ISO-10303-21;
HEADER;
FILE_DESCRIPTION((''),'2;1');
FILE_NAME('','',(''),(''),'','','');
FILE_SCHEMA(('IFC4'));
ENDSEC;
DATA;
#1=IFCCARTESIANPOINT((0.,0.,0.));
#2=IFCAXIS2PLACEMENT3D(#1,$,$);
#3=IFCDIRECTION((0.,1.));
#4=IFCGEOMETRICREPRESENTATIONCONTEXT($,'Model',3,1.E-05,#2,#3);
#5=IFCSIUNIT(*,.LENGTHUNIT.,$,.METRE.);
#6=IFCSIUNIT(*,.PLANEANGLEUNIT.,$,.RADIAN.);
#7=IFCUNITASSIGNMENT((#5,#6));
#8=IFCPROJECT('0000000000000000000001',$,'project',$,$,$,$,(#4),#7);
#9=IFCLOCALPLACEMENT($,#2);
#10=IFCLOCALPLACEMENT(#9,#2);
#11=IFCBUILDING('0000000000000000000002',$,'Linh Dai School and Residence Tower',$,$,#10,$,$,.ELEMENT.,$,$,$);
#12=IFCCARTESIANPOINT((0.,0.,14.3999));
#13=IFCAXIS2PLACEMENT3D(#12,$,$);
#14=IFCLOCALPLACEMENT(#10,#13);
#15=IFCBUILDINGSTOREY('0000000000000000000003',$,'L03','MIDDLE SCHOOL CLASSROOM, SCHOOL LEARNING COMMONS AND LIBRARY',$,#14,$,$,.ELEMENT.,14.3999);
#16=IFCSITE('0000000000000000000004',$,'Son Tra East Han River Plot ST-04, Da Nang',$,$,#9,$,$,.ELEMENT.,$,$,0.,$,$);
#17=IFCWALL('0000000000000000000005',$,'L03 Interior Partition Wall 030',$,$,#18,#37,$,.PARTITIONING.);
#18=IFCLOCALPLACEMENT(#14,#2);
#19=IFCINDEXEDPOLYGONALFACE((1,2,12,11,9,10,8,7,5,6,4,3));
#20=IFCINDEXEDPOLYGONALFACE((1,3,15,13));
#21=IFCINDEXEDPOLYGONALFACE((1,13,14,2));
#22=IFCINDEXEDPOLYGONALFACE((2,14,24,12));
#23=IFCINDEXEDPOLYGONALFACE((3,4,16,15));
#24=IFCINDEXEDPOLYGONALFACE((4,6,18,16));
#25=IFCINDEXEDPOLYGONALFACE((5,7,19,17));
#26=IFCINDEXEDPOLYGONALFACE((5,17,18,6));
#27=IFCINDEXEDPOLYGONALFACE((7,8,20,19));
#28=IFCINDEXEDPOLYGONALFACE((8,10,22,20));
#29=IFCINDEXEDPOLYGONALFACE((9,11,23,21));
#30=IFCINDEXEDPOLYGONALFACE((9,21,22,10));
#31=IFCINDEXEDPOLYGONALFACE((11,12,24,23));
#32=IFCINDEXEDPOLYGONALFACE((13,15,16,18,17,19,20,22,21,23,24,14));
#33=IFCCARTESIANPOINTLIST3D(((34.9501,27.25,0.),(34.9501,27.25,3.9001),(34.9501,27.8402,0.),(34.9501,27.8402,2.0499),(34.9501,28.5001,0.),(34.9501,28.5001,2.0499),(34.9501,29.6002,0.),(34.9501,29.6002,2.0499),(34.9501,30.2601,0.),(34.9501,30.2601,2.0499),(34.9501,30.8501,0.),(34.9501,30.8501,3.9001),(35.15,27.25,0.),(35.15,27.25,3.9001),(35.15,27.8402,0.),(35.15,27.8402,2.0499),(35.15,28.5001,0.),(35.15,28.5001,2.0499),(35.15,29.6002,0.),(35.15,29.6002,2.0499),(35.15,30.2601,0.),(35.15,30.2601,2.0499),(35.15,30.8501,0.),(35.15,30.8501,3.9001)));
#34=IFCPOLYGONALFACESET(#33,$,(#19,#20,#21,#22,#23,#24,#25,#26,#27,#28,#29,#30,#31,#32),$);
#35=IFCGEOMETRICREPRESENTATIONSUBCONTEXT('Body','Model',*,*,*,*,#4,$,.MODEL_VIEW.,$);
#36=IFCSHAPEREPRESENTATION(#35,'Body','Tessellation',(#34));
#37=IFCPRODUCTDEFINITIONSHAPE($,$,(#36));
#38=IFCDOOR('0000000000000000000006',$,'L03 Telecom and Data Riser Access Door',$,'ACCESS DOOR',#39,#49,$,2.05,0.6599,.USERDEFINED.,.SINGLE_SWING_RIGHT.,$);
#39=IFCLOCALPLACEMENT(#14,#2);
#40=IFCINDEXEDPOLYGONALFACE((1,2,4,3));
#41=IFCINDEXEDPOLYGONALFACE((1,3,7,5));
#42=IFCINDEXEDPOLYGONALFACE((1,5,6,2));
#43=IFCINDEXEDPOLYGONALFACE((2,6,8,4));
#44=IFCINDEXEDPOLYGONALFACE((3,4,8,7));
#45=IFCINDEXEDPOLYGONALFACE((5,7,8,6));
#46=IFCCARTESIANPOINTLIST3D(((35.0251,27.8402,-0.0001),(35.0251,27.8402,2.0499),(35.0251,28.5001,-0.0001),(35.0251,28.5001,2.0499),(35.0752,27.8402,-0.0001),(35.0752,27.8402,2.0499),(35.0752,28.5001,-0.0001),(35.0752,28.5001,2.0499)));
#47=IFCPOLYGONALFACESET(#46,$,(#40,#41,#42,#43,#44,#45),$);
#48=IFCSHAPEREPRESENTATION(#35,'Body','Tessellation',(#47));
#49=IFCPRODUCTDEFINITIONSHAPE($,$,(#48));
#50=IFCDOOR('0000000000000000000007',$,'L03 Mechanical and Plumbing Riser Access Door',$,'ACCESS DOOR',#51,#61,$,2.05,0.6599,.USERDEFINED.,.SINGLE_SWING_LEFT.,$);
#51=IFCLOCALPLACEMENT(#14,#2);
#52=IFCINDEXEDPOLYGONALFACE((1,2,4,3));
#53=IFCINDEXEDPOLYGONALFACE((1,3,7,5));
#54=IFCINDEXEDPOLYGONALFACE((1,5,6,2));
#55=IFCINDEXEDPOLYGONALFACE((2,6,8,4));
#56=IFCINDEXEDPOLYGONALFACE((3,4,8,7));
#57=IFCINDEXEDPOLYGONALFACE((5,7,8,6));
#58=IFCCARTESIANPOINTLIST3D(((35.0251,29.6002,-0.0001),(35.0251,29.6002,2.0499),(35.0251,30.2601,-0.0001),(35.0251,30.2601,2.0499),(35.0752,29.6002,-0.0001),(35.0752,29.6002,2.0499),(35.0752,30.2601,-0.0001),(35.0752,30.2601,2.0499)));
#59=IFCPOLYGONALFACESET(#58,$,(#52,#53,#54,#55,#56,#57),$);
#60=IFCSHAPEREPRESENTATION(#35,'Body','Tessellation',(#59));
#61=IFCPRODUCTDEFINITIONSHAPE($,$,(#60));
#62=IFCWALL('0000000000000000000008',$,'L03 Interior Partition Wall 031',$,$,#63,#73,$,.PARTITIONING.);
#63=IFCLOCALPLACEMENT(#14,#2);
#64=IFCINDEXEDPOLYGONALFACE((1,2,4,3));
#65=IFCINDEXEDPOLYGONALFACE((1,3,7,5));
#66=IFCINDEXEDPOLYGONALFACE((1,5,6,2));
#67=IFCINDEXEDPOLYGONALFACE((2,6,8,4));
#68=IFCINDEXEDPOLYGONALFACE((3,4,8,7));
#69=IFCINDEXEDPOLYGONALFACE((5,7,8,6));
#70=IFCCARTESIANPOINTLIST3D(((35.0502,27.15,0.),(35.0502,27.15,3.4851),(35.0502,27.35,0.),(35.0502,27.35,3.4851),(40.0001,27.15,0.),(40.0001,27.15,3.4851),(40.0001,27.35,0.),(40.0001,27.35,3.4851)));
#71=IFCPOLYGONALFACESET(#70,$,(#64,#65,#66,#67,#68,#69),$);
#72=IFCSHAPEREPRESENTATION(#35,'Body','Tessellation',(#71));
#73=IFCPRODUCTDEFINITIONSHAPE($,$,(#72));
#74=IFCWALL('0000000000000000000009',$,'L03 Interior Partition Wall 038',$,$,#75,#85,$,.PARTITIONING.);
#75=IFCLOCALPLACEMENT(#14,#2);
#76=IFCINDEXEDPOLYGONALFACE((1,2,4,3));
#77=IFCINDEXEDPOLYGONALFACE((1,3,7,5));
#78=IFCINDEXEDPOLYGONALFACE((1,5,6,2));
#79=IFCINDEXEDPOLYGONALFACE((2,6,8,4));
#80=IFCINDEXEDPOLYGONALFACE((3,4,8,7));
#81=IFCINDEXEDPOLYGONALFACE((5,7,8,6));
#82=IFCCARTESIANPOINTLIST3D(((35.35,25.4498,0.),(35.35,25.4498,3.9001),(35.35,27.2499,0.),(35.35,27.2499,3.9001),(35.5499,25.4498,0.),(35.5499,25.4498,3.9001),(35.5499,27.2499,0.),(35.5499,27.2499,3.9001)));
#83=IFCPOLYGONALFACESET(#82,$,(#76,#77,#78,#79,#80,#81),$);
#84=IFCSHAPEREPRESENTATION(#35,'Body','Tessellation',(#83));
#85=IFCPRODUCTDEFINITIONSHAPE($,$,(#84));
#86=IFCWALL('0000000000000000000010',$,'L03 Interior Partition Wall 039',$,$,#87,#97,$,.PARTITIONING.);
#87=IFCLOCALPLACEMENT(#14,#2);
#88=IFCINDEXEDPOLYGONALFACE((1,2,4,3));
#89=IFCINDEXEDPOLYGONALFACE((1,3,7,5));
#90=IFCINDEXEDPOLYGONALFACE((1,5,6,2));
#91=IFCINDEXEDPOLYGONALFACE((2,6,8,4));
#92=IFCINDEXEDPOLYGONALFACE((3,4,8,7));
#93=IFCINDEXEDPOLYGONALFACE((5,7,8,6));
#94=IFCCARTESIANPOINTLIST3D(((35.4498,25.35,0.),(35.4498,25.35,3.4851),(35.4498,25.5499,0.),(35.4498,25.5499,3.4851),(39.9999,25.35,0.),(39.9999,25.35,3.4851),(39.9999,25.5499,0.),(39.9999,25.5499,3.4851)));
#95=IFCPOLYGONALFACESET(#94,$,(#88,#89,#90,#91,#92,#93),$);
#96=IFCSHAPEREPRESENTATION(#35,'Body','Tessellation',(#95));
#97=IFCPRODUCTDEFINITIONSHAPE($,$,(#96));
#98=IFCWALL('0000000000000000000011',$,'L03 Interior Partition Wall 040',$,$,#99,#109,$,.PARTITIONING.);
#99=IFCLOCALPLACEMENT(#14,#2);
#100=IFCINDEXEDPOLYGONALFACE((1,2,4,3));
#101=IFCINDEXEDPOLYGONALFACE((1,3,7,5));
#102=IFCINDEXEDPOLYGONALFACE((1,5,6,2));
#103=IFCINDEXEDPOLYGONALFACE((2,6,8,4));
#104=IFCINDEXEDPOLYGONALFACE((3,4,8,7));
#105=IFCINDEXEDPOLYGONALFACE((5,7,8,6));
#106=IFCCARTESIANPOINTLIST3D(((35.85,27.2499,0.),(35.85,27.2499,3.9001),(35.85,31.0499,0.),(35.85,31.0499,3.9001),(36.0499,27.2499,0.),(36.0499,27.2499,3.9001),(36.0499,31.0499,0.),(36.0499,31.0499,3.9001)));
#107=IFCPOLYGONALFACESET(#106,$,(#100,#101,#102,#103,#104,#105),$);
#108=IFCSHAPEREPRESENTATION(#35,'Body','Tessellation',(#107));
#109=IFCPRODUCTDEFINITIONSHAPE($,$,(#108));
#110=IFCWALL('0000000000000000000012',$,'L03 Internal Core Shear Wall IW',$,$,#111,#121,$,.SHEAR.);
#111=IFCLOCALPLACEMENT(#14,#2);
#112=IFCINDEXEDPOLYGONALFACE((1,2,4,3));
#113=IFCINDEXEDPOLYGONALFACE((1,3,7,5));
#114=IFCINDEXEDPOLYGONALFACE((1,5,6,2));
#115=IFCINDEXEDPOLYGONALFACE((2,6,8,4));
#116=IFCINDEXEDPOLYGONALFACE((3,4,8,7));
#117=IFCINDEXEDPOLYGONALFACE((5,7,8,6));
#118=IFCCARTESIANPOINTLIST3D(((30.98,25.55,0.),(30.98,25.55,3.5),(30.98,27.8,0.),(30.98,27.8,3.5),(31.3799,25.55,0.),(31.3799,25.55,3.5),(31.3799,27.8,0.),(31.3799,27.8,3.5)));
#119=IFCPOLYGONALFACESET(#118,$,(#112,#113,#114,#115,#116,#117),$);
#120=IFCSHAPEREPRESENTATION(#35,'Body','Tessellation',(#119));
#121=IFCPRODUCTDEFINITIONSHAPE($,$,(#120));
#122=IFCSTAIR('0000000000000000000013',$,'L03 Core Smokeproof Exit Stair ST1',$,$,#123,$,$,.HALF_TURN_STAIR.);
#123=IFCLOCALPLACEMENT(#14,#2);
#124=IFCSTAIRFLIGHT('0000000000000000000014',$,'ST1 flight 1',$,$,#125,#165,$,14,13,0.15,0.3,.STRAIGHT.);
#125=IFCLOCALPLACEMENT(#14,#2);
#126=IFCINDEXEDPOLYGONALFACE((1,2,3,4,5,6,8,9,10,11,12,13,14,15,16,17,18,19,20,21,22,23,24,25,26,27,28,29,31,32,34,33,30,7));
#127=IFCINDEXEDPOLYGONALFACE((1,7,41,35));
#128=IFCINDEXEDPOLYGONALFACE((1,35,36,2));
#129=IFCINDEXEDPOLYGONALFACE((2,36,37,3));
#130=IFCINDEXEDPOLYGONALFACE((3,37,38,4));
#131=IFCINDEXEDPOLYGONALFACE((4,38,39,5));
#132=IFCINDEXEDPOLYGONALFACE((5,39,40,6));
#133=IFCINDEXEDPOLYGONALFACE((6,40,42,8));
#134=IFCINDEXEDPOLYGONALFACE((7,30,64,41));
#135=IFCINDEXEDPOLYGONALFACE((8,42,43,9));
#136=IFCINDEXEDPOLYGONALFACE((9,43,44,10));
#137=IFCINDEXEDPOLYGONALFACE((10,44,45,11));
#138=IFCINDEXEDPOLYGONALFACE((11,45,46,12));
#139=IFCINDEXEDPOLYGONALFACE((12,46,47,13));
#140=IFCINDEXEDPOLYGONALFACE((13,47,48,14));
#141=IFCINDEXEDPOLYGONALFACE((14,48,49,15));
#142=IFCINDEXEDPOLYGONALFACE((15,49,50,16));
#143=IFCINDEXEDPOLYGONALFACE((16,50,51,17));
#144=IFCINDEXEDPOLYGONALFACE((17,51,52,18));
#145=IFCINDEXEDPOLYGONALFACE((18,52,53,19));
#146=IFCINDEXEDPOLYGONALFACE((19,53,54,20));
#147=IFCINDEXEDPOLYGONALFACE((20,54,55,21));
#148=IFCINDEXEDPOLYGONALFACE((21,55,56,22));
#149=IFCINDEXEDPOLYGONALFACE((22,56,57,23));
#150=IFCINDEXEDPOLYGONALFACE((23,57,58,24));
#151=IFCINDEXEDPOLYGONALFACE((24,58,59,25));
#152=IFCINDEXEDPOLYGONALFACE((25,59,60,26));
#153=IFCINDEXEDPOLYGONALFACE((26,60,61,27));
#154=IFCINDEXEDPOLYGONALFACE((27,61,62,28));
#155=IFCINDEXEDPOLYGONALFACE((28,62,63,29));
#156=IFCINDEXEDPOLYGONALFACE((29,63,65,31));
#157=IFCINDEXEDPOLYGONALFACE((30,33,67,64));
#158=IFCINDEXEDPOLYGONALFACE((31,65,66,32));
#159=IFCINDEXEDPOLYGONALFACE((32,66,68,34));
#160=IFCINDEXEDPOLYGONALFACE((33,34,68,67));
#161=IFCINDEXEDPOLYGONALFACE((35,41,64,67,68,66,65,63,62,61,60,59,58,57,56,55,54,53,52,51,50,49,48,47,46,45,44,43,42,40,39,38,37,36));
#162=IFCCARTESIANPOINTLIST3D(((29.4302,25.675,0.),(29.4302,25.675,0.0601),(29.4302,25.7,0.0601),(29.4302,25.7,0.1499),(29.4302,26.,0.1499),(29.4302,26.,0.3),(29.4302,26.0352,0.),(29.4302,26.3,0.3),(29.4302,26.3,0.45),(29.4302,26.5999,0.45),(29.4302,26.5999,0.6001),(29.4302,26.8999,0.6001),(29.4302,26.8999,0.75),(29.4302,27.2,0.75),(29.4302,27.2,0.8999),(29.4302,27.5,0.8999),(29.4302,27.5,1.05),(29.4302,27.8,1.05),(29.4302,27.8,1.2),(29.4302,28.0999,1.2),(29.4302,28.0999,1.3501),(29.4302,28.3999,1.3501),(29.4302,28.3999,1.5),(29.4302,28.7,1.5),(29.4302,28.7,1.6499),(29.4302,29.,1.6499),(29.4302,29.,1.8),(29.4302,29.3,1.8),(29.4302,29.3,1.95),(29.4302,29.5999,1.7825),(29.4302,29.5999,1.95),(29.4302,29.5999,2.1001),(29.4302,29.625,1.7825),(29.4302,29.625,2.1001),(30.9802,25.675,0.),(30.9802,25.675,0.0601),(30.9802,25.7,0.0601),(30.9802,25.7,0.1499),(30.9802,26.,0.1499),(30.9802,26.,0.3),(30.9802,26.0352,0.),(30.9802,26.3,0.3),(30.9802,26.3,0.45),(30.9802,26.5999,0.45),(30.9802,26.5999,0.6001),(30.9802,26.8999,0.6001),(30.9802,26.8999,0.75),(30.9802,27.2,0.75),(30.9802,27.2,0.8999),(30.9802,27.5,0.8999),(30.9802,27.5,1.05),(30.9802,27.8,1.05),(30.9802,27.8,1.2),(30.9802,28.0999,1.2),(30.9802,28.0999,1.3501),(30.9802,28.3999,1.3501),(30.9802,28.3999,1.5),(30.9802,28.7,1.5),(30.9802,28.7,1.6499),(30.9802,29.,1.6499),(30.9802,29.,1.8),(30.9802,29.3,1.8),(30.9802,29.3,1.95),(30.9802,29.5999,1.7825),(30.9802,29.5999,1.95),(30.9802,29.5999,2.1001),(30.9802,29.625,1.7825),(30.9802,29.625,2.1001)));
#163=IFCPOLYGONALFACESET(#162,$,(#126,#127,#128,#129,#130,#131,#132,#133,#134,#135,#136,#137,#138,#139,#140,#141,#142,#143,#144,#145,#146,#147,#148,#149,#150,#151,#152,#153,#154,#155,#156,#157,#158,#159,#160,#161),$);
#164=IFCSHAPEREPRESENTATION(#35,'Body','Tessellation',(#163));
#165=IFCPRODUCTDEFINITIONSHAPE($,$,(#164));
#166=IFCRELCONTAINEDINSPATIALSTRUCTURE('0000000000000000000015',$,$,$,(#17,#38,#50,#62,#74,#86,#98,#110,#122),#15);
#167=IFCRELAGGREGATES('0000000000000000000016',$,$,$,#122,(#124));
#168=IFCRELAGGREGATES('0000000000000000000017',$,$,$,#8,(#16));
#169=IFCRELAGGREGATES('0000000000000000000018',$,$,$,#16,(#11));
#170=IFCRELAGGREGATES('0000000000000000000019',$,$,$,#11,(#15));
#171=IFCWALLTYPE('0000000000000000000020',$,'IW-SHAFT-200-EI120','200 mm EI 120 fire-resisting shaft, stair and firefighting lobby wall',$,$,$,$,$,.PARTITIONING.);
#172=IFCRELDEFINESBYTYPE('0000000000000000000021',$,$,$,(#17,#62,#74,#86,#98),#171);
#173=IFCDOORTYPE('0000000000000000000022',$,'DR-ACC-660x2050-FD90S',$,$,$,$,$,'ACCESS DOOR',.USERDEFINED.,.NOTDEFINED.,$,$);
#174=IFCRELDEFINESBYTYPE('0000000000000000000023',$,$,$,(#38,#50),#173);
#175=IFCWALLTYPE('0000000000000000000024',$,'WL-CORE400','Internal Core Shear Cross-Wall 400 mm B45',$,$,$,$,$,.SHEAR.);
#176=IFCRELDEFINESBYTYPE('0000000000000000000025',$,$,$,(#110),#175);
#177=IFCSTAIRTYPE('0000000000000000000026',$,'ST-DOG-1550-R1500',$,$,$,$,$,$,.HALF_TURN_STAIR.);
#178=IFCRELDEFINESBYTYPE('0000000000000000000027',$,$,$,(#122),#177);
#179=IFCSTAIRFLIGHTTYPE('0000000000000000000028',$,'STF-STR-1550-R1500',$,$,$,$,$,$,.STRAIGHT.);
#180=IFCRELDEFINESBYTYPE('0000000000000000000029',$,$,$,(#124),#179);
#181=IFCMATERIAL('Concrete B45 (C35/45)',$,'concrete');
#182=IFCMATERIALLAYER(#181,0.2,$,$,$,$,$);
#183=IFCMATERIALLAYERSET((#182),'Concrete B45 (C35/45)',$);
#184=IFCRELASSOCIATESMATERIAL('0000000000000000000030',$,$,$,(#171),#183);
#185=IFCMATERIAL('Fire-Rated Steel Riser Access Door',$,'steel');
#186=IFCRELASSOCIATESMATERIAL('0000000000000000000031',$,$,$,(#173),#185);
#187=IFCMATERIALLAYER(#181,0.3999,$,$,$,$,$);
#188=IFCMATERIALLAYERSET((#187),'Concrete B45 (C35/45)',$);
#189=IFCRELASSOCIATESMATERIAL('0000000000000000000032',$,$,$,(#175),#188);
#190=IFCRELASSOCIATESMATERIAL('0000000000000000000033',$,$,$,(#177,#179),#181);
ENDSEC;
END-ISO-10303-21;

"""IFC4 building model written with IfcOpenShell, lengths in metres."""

from ifc_helpers import new_model, si_unit, direction, frame, frame_2d, origin, origin_2d, place, context, subcontext, project, spatial, polyline, rectangle, outline, extrude, source, transform, mapped, material, layer, layer_set, type_object, element, fill, aggregate, save


model = new_model("IFC4")

# Units and contexts
model_context = context("Model", 3, precision=1e-05, world=origin(), true_north=direction((0.0, 1.0)))
body_context = subcontext(model_context, "Body", "Model", "MODEL_VIEW")
ifc_project = project(units=[si_unit("LENGTHUNIT", "METRE"), si_unit("PLANEANGLEUNIT", "RADIAN")], contexts=[model_context])

# Site, building, storey
site_placement = place(None, origin())
site = spatial("IfcSite", under=ifc_project, at=site_placement, Name="Son Tra East Han River Plot ST-04, Da Nang", CompositionType="ELEMENT", RefElevation=0.0)
building_placement = place(site_placement, origin())
building = spatial("IfcBuilding", under=site, at=building_placement, Name="Linh Dai School and Residence Tower", CompositionType="ELEMENT")
storey_placement = place(building_placement, frame((0.0, 0.0, 14.3999)))
storey = spatial("IfcBuildingStorey", under=building, at=storey_placement, Name="L03", Description="MIDDLE SCHOOL CLASSROOM, SCHOOL LEARNING COMMONS AND LIBRARY", CompositionType="ELEMENT", Elevation=14.3999)

# Shared definitions
ifc_material_1 = material(Name="Concrete B45 (C35/45)", Category="concrete")
ifc_layer_1 = layer(ifc_material_1, 0.2)
ifc_layer_set_1 = layer_set([ifc_layer_1], Name="Concrete B45 (C35/45)")
wall_type_1 = type_object("IfcWallType", Name="IW-SHAFT-200-EI120", Description="200 mm EI 120 fire-resisting shaft, stair and firefighting lobby wall", PredefinedType="PARTITIONING", material=ifc_layer_set_1)

# Wall, openings, doors
wall_1_placement = place(storey_placement, frame((35.05, 27.25, 0.0), z_axis=(0.0, 0.0, 1.0), x_axis=(0.0, 1.0, 0.0)))
wall_1 = element("IfcWall", 1, at=wall_1_placement, inside=storey, type_object=wall_type_1, Name="L03 Interior Partition Wall 030", PredefinedType="PARTITIONING", context=body_context, shape_type="SweptSolid", body=[
    extrude(rectangle(XDim=3.6001, YDim=0.2, at=frame_2d((1.8, 0.0))), origin(), (0.0, 0.0, 1.0), 3.9001),
])
opening_1_placement = place(wall_1_placement, frame((0.5901, 0.0, 0.0)))
opening_1 = element("IfcOpeningElement", 2, at=opening_1_placement, cuts=wall_1, PredefinedType="OPENING", context=body_context, shape_type="SweptSolid", body=[
    extrude(rectangle(XDim=0.6599, YDim=2.05, at=origin_2d()), frame((0.3301, 0.1099, 1.0249), z_axis=(0.0, -1.0, 0.0), x_axis=(1.0, 0.0, 0.0)), (0.0, 0.0, 1.0), 0.22),
])
opening_2_placement = place(wall_1_placement, frame((2.3501, 0.0, 0.0)))
opening_2 = element("IfcOpeningElement", 3, at=opening_2_placement, cuts=wall_1, PredefinedType="OPENING", context=body_context, shape_type="SweptSolid", body=[
    extrude(rectangle(XDim=0.6599, YDim=2.05, at=origin_2d()), frame((0.3301, 0.1099, 1.0249), z_axis=(0.0, -1.0, 0.0), x_axis=(1.0, 0.0, 0.0)), (0.0, 0.0, 1.0), 0.22),
])
ifc_material_2 = material(Name="Fire-Rated Steel Riser Access Door", Category="steel")
door_type_1 = type_object("IfcDoorType", Name="DR-ACC-660x2050-FD90S", ElementType="ACCESS DOOR", OperationType="NOTDEFINED", PredefinedType="USERDEFINED", material=ifc_material_2)
shared_shape_1 = source(origin(), body_context, "Body", "SweptSolid", [
    extrude(rectangle(XDim=0.6599, YDim=2.05, at=origin_2d()), frame((0.3301, 0.0249, 1.0249), z_axis=(0.0, -1.0, 0.0), x_axis=(1.0, 0.0, 0.0)), (0.0, 0.0, 1.0), 0.05),
])
door_1_placement = place(opening_1_placement, origin())
door_1 = element("IfcDoor", 4, at=door_1_placement, inside=storey, type_object=door_type_1, Name="L03 Telecom and Data Riser Access Door", ObjectType="ACCESS DOOR", OperationType="SINGLE_SWING_RIGHT", OverallHeight=2.05, OverallWidth=0.6599, PredefinedType="USERDEFINED", context=body_context, shape_type="MappedRepresentation", body=[
    mapped(shared_shape_1, transform((0.0, 0.0, 0.0), x_axis=(1.0, 0.0, 0.0), y_axis=(0.0, 1.0, 0.0), z_axis=(0.0, 0.0, 1.0), scale=1.0)),
])
fill(opening_1, door_1)
door_2_placement = place(opening_2_placement, origin())
door_2 = element("IfcDoor", 5, at=door_2_placement, inside=storey, type_object=door_type_1, Name="L03 Mechanical and Plumbing Riser Access Door", ObjectType="ACCESS DOOR", OperationType="SINGLE_SWING_LEFT", OverallHeight=2.05, OverallWidth=0.6599, PredefinedType="USERDEFINED", context=body_context, shape_type="MappedRepresentation", body=[
    mapped(shared_shape_1, transform((0.0, 0.0, 0.0), x_axis=(1.0, 0.0, 0.0), y_axis=(0.0, 1.0, 0.0), z_axis=(0.0, 0.0, 1.0), scale=1.0)),
])
fill(opening_2, door_2)

# Walls
wall_2_placement = place(storey_placement, frame((35.05, 27.25, 0.0), z_axis=(0.0, 0.0, 1.0), x_axis=(1.0, 0.0, 0.0)))
element("IfcWall", 6, at=wall_2_placement, inside=storey, type_object=wall_type_1, Name="L03 Interior Partition Wall 031", PredefinedType="PARTITIONING", context=body_context, shape_type="SweptSolid", body=[
    extrude(rectangle(XDim=4.95, YDim=0.2, at=frame_2d((2.4751, 0.0))), origin(), (0.0, 0.0, 1.0), 3.4851),
])
wall_3_placement = place(storey_placement, frame((35.45, 25.45, 0.0), z_axis=(0.0, 0.0, 1.0), x_axis=(0.0, 1.0, 0.0)))
element("IfcWall", 7, at=wall_3_placement, inside=storey, type_object=wall_type_1, Name="L03 Interior Partition Wall 038", PredefinedType="PARTITIONING", context=body_context, shape_type="SweptSolid", body=[
    extrude(rectangle(XDim=1.8, YDim=0.2, at=frame_2d((0.8999, 0.0))), origin(), (0.0, 0.0, 1.0), 3.9001),
])
wall_4_placement = place(storey_placement, frame((35.45, 25.45, 0.0), z_axis=(0.0, 0.0, 1.0), x_axis=(1.0, 0.0, 0.0)))
element("IfcWall", 8, at=wall_4_placement, inside=storey, type_object=wall_type_1, Name="L03 Interior Partition Wall 039", PredefinedType="PARTITIONING", context=body_context, shape_type="SweptSolid", body=[
    extrude(rectangle(XDim=4.55, YDim=0.2, at=frame_2d((2.2749, 0.0))), origin(), (0.0, 0.0, 1.0), 3.4851),
])
wall_5_placement = place(storey_placement, frame((35.95, 27.25, 0.0), z_axis=(0.0, 0.0, 1.0), x_axis=(0.0, 1.0, 0.0)))
element("IfcWall", 9, at=wall_5_placement, inside=storey, type_object=wall_type_1, Name="L03 Interior Partition Wall 040", PredefinedType="PARTITIONING", context=body_context, shape_type="SweptSolid", body=[
    extrude(rectangle(XDim=3.8, YDim=0.2, at=frame_2d((1.8999, 0.0))), origin(), (0.0, 0.0, 1.0), 3.9001),
])
ifc_layer_2 = layer(ifc_material_1, 0.3999)
ifc_layer_set_2 = layer_set([ifc_layer_2], Name="Concrete B45 (C35/45)")
wall_type_2 = type_object("IfcWallType", Name="WL-CORE400", Description="Internal Core Shear Cross-Wall 400 mm B45", PredefinedType="SHEAR", material=ifc_layer_set_2)
wall_6_placement = place(storey_placement, frame((31.1799, 25.55, 0.0), z_axis=(0.0, 0.0, 1.0), x_axis=(0.0, 1.0, 0.0)))
element("IfcWall", 10, at=wall_6_placement, inside=storey, type_object=wall_type_2, Name="L03 Internal Core Shear Wall IW", PredefinedType="SHEAR", context=body_context, shape_type="SweptSolid", body=[
    extrude(rectangle(XDim=2.25, YDim=0.3999, at=frame_2d((1.125, 0.0))), origin(), (0.0, 0.0, 1.0), 3.5),
])

# Stair, stair flight
stair_type = type_object("IfcStairType", Name="ST-DOG-1550-R1500", PredefinedType="HALF_TURN_STAIR", material=ifc_material_1)
stair_placement = place(storey_placement, origin())
stair = element("IfcStair", 11, at=stair_placement, inside=storey, type_object=stair_type, Name="L03 Core Smokeproof Exit Stair ST1", PredefinedType="HALF_TURN_STAIR")
stair_flight_type = type_object("IfcStairFlightType", Name="STF-STR-1550-R1500", PredefinedType="STRAIGHT", material=ifc_material_1)
shared_shape_2 = source(origin(), body_context, "Body", "SweptSolid", [
    extrude(outline(polyline([(-0.0249, 0.0), (-0.0249, 0.0601), (0.0, 0.0601), (0.0, 0.1499), (0.3, 0.1499), (0.3, 0.3), (0.6001, 0.3), (0.6001, 0.45), (0.8999, 0.45), (0.8999, 0.6001), (1.2, 0.6001), (1.2, 0.75), (1.5, 0.75), (1.5, 0.8999), (1.8, 0.8999), (1.8, 1.05), (2.1001, 1.05), (2.1001, 1.2), (2.3999, 1.2), (2.3999, 1.3501), (2.7, 1.3501), (2.7, 1.5), (3.0, 1.5), (3.0, 1.6499), (3.3, 1.6499), (3.3, 1.8), (3.6001, 1.8), (3.6001, 1.95), (3.8999, 1.95), (3.8999, 2.1001), (3.925, 2.1001), (3.925, 1.7825), (3.8999, 1.7825), (0.3352, 0.0), (-0.0249, 0.0)])), frame((0.0, 0.7749, 0.0), z_axis=(0.0, -1.0, 0.0), x_axis=(1.0, 0.0, 0.0)), (0.0, 0.0, 1.0), 1.55),
])
stair_flight_placement = place(storey_placement, frame((30.2051, 25.7, 0.0), z_axis=(0.0, 0.0, 1.0), x_axis=(0.0, 1.0, 0.0)))
stair_flight = element("IfcStairFlight", 12, at=stair_flight_placement, type_object=stair_flight_type, Name="ST1 flight 1", NumberOfRisers=14, NumberOfTreads=13, PredefinedType="STRAIGHT", RiserHeight=0.15, TreadLength=0.3, context=body_context, shape_type="MappedRepresentation", body=[
    mapped(shared_shape_2, transform((0.0, 0.0, 0.0), x_axis=(1.0, 0.0, 0.0), y_axis=(0.0, 1.0, 0.0), z_axis=(0.0, 0.0, 1.0), scale=1.0)),
])
aggregate(stair, [stair_flight])

save(model, "model.ifc")
